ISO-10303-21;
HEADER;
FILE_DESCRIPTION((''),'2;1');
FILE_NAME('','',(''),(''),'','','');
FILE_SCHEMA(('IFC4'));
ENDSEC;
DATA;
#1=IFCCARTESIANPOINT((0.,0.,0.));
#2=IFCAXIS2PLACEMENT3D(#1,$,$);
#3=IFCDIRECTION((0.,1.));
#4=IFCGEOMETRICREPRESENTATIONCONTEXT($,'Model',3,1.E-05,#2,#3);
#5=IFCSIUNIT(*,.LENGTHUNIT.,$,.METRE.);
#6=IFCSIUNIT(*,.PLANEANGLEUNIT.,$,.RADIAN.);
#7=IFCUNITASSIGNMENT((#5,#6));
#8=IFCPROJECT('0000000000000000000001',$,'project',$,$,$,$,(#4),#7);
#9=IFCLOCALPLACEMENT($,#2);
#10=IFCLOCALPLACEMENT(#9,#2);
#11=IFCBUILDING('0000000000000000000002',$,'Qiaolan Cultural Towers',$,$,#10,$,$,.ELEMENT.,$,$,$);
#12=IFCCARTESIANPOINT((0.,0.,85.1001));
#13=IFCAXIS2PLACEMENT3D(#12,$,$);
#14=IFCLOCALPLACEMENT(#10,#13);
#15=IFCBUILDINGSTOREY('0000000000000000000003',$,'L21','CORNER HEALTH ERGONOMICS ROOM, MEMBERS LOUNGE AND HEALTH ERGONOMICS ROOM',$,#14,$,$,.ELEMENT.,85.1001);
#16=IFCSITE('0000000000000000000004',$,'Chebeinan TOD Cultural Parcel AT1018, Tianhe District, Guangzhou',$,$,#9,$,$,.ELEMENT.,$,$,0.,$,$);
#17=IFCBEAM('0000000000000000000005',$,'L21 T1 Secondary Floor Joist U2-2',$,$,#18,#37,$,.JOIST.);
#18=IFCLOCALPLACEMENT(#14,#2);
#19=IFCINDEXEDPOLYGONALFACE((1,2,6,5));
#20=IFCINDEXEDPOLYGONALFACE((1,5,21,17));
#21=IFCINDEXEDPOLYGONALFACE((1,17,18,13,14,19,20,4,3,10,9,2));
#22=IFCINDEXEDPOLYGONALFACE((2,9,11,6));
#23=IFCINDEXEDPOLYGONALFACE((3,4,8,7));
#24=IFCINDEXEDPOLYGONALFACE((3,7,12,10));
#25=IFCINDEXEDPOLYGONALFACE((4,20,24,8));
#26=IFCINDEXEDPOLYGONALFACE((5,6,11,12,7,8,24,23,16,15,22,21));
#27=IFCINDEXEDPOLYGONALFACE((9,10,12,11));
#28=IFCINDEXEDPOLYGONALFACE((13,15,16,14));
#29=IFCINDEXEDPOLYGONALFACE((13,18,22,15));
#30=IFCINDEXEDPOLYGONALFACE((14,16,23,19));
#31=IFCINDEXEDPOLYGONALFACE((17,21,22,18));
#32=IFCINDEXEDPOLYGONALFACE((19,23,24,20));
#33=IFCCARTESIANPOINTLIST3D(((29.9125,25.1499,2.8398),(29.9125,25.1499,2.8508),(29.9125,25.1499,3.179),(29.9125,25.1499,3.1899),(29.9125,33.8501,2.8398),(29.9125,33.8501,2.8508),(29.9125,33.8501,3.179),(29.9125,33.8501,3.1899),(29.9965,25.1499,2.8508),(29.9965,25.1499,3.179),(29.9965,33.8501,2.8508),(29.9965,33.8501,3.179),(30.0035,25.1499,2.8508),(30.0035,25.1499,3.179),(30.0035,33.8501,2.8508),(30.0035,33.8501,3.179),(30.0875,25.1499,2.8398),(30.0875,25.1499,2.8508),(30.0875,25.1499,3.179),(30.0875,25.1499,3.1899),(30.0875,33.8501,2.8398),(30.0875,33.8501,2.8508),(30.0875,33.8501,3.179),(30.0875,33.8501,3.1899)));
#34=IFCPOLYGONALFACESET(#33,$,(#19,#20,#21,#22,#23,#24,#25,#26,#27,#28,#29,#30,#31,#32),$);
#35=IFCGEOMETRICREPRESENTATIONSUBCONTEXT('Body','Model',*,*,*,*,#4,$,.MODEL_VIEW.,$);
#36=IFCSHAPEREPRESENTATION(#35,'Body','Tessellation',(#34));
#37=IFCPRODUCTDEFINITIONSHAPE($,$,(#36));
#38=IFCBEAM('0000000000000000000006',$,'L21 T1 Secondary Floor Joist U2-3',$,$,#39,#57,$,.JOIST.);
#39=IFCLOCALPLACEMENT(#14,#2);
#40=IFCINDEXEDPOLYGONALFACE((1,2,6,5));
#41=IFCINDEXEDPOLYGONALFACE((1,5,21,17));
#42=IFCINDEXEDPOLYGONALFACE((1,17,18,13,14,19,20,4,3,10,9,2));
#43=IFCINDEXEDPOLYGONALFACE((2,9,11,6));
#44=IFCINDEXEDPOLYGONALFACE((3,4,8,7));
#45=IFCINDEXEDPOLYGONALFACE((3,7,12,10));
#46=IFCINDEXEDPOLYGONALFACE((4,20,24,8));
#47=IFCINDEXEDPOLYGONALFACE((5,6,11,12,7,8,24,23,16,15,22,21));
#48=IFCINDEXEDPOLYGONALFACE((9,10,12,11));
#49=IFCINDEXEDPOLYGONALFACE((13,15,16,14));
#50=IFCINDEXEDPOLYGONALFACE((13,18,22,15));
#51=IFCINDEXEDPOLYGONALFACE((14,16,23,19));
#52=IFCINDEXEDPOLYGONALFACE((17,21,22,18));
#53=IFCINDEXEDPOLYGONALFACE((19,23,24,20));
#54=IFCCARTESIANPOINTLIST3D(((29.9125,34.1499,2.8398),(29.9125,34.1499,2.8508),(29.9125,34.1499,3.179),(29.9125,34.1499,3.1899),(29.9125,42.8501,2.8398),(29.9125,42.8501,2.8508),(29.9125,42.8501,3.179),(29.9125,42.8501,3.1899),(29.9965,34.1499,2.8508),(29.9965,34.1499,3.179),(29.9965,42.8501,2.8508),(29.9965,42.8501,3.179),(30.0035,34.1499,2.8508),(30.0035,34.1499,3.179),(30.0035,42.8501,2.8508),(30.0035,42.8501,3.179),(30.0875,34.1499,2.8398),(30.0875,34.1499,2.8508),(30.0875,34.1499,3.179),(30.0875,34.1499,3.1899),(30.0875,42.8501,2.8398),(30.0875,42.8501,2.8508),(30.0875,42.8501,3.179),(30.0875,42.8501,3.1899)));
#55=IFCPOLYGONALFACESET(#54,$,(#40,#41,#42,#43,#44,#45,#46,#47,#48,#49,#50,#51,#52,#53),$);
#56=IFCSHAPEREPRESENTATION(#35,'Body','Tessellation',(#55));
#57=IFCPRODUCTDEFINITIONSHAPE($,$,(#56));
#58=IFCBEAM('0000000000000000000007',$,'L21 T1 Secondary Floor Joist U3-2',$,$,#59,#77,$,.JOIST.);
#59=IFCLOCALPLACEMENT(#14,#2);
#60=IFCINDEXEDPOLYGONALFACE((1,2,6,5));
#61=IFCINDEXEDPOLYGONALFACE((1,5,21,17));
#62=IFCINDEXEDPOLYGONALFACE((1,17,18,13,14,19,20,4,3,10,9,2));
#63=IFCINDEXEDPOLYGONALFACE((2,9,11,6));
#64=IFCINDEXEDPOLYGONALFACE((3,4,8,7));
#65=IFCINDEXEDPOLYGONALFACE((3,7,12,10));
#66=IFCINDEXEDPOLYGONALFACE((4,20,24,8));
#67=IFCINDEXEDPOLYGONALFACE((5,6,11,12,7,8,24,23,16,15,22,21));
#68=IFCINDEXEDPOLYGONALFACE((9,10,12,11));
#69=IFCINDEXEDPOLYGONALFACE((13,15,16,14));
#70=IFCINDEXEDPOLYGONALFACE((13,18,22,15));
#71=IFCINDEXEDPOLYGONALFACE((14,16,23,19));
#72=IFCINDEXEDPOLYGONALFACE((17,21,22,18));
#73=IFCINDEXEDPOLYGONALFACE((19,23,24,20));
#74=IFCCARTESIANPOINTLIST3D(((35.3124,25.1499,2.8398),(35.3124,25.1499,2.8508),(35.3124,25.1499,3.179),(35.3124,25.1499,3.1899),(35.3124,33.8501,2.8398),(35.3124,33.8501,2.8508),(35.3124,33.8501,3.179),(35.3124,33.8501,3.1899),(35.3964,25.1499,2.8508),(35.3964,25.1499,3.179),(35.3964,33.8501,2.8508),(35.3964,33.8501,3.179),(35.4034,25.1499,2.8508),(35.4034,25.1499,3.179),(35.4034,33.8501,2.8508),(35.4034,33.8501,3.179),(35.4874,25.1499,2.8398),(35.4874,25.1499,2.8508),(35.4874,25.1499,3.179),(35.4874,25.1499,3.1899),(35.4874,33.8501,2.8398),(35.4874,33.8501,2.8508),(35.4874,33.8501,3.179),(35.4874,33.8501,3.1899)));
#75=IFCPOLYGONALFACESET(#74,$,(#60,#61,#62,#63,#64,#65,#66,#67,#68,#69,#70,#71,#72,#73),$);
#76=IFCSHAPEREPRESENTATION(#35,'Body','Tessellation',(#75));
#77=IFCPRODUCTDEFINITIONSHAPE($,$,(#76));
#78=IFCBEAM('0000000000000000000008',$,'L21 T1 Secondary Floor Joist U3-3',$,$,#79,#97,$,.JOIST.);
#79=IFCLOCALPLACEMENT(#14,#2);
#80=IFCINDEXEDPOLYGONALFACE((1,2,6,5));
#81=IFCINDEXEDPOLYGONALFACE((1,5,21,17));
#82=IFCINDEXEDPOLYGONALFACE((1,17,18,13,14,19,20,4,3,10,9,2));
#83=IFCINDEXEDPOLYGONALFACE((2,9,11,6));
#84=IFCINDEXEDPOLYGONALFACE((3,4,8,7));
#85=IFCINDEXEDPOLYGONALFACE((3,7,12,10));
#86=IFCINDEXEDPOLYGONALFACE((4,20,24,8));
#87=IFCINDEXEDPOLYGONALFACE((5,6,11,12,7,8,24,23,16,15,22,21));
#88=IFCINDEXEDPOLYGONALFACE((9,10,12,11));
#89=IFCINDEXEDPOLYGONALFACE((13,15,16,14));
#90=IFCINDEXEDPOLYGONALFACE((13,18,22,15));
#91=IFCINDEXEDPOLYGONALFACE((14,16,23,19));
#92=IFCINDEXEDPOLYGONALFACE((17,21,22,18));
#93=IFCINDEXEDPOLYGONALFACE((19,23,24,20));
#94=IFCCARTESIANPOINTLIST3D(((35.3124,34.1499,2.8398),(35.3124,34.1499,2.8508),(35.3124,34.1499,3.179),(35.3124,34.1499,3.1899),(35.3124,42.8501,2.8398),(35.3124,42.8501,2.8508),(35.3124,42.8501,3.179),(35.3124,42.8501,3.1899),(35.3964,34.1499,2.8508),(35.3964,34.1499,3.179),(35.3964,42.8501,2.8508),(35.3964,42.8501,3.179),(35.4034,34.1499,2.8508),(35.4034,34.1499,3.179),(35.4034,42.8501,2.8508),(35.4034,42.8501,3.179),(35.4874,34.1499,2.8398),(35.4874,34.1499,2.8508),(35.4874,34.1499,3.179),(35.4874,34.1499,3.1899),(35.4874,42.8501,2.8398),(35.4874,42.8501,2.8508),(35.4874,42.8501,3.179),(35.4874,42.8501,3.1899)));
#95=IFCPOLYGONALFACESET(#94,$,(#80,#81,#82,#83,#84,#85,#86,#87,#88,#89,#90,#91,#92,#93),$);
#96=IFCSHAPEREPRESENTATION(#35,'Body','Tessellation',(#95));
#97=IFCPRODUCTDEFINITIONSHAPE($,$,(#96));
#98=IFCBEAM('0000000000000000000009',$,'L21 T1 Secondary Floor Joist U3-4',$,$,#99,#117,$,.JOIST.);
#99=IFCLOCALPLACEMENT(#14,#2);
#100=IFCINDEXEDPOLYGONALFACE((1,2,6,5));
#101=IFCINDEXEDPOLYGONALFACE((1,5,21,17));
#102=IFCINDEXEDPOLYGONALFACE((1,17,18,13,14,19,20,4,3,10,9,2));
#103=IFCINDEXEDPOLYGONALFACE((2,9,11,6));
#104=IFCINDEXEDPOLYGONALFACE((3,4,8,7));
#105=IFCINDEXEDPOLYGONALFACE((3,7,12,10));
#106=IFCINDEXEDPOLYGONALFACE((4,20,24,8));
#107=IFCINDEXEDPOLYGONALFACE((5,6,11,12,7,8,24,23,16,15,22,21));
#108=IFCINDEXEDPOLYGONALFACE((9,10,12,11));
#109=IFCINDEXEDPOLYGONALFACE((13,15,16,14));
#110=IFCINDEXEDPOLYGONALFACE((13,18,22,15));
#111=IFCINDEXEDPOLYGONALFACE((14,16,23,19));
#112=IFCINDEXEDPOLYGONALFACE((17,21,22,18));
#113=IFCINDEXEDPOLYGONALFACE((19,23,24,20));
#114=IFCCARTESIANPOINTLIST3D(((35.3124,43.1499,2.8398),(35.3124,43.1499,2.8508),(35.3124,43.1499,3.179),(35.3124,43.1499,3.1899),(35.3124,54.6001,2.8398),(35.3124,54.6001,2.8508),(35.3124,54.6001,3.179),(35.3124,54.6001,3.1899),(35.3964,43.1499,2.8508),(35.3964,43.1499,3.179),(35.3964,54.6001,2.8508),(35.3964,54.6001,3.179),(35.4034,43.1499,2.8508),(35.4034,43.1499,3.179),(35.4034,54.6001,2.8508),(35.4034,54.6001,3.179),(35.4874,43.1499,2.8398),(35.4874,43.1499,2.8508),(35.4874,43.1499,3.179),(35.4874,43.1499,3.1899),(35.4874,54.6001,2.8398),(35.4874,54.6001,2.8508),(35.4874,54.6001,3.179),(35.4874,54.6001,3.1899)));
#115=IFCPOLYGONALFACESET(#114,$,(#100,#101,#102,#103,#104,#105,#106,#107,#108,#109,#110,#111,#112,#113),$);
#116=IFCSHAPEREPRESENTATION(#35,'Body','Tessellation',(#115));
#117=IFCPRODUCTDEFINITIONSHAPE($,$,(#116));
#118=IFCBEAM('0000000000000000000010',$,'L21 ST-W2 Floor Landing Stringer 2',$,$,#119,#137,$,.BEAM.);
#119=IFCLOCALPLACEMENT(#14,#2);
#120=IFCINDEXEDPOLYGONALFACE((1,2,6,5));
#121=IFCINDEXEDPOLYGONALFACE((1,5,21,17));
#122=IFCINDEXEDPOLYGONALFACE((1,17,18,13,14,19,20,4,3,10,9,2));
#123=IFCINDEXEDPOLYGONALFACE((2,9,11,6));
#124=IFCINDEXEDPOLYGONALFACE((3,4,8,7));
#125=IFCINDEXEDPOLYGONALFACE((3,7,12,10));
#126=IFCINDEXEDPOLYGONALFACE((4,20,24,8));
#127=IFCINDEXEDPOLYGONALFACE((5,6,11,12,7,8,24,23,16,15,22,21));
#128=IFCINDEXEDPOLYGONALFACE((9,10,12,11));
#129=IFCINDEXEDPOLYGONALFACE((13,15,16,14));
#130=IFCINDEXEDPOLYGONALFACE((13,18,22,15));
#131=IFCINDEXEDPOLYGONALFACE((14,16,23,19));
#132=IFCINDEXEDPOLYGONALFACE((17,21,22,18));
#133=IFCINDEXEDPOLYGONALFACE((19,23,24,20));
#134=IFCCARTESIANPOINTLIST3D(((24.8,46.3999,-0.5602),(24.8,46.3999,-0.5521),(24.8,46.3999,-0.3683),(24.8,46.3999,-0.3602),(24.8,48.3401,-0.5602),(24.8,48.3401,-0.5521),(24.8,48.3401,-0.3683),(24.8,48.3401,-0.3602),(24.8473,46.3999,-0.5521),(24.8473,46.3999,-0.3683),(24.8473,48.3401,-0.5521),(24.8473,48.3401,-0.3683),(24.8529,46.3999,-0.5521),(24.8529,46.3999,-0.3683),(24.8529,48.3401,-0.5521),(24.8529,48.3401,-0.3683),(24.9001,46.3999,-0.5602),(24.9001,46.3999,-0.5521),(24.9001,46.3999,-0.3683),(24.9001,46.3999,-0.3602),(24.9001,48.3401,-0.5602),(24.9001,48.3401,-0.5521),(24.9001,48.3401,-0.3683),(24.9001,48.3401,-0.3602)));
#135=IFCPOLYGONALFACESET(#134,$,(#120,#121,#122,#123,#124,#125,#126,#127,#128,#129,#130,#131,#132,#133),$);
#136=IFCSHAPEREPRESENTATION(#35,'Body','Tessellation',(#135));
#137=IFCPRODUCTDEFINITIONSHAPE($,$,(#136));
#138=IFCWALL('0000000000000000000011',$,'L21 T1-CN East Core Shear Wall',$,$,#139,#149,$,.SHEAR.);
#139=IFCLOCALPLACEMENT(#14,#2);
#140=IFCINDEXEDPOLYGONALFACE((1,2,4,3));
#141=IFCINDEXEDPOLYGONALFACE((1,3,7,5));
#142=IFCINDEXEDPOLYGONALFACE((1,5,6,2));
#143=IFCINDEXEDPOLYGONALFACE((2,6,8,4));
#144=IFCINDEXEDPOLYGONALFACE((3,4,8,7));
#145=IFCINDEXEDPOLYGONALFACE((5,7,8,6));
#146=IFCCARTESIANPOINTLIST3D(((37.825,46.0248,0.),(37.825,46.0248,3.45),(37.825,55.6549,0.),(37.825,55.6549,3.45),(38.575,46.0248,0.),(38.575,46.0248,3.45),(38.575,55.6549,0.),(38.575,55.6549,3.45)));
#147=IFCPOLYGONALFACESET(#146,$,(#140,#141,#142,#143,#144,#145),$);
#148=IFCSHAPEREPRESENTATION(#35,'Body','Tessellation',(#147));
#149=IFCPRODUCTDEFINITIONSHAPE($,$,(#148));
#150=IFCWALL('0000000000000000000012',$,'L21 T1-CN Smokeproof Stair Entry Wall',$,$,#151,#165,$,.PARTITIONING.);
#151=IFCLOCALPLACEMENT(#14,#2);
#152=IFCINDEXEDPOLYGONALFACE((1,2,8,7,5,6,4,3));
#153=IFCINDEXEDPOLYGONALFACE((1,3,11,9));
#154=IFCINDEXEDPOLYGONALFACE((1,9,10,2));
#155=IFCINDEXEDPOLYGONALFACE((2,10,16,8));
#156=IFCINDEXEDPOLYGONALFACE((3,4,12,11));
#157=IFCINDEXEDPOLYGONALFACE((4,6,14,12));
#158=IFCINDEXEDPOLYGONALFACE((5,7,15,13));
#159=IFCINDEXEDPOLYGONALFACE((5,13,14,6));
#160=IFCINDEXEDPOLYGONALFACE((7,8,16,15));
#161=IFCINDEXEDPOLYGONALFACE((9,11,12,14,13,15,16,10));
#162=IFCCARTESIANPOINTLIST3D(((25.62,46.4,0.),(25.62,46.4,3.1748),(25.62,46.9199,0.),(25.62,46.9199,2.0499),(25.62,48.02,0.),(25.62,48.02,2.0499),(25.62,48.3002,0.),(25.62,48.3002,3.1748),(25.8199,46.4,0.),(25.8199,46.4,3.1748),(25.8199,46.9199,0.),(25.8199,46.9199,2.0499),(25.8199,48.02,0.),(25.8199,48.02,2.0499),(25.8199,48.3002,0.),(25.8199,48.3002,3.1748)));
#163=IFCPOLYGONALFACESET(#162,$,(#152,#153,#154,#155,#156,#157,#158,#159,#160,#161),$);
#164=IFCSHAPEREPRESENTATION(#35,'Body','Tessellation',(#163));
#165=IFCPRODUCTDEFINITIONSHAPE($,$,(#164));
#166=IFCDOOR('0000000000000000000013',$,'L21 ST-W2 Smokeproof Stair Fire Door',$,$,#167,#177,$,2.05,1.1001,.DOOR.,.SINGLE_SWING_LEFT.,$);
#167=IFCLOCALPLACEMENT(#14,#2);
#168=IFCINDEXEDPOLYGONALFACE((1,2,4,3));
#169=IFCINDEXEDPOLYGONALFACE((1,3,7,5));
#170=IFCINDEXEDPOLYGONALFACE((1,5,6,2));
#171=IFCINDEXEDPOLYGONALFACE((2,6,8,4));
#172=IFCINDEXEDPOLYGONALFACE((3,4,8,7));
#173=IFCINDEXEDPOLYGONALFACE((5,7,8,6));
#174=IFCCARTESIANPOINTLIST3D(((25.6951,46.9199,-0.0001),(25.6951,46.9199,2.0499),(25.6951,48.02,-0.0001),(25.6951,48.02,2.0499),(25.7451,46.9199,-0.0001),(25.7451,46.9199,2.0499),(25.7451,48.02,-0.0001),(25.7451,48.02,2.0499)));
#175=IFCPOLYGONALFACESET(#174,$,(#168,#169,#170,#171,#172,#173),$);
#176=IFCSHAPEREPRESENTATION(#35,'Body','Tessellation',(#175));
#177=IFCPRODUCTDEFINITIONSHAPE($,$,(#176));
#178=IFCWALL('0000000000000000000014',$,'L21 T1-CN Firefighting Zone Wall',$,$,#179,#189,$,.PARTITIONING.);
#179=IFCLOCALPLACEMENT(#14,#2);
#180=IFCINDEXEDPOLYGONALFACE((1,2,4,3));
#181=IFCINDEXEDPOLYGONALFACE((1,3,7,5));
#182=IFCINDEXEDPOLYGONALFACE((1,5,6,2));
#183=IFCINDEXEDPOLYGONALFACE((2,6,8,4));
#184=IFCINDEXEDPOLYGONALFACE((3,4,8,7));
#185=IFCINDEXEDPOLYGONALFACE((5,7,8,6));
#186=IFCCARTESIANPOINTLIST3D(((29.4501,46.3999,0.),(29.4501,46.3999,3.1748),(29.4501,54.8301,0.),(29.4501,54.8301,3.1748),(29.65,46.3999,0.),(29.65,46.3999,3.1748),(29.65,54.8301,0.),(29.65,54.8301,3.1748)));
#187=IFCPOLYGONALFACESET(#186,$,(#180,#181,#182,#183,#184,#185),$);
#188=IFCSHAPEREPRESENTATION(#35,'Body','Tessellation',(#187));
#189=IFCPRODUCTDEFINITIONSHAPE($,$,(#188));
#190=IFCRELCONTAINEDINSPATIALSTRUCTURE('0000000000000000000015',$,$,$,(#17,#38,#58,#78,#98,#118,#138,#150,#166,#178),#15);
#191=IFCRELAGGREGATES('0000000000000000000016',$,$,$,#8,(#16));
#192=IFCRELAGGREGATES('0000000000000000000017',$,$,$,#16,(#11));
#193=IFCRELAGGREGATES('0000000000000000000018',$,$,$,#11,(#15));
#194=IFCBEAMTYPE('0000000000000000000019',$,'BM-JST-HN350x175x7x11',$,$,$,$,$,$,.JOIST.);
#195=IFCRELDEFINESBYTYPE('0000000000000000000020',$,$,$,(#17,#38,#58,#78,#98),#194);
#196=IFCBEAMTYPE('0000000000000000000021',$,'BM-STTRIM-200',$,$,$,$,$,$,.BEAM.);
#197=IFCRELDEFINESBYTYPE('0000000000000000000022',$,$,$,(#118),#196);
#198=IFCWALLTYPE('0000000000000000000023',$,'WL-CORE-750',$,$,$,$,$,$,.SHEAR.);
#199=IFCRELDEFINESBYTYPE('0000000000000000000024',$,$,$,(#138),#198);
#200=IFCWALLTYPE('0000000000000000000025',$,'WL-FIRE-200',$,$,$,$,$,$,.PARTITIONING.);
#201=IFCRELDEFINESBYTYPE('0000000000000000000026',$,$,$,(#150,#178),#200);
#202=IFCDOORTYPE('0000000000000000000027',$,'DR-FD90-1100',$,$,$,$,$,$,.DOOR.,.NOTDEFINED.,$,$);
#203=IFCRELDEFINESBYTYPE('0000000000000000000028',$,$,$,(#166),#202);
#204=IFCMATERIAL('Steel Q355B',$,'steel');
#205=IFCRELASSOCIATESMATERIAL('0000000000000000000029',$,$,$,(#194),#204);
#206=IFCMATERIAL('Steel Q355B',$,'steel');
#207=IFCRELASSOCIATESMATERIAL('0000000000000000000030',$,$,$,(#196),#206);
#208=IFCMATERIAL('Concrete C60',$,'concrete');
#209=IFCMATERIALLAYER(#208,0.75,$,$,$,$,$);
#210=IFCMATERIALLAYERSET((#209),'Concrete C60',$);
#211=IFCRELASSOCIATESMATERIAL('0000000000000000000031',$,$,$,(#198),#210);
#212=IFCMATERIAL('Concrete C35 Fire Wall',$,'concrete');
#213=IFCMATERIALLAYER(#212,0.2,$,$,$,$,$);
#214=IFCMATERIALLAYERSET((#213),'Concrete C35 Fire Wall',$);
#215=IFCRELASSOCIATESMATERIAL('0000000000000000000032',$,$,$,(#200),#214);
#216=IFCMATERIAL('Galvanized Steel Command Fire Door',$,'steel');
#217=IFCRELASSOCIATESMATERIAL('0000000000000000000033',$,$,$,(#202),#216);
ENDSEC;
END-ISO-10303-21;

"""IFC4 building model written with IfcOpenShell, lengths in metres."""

from ifc_helpers import new_model, si_unit, direction, frame, frame_2d, origin, origin_2d, place, context, subcontext, project, spatial, rectangle, i_section, extrude, material, layer, layer_set, material_profile, profile_set, type_object, element, fill, save


model = new_model("IFC4")

# Units and contexts
model_context = context("Model", 3, precision=1e-05, world=origin(), true_north=direction((0.0, 1.0)))
body_context = subcontext(model_context, "Body", "Model", "MODEL_VIEW")
ifc_project = project(units=[si_unit("LENGTHUNIT", "METRE"), si_unit("PLANEANGLEUNIT", "RADIAN")], contexts=[model_context])

# Site, building, storey
site_placement = place(None, origin())
site = spatial("IfcSite", under=ifc_project, at=site_placement, Name="Chebeinan TOD Cultural Parcel AT1018, Tianhe District, Guangzhou", CompositionType="ELEMENT", RefElevation=0.0)
building_placement = place(site_placement, origin())
building = spatial("IfcBuilding", under=site, at=building_placement, Name="Qiaolan Cultural Towers", CompositionType="ELEMENT")
storey_placement = place(building_placement, frame((0.0, 0.0, 85.1001)))
storey = spatial("IfcBuildingStorey", under=building, at=storey_placement, Name="L21", Description="CORNER HEALTH ERGONOMICS ROOM, MEMBERS LOUNGE AND HEALTH ERGONOMICS ROOM", CompositionType="ELEMENT", Elevation=85.1001)

# Beams
ifc_material_1 = material(Name="Steel Q355B", Category="steel")
ifc_material_profile_1 = material_profile(ifc_material_1, i_section(OverallWidth=0.175, OverallDepth=0.3501, WebThickness=0.0071, FlangeThickness=0.011, at=origin_2d()), Name="HN350x175x7x11")
ifc_profile_set_1 = profile_set([ifc_material_profile_1], Name="Steel Q355B")
beam_type_1 = type_object("IfcBeamType", Name="BM-JST-HN350x175x7x11", PredefinedType="JOIST", material=ifc_profile_set_1)
for number, where, z_axis, x_axis, name in (
    (1, (30.0, 25.1499, 3.0149), (0.0, 1.0, 0.0), (-1.0, 0.0, 0.0), "L21 T1 Secondary Floor Joist U2-2"),
    (2, (30.0, 34.1499, 3.0149), (0.0, 1.0, 0.0), (-1.0, 0.0, 0.0), "L21 T1 Secondary Floor Joist U2-3"),
    (3, (35.3999, 25.1499, 3.0149), (0.0, 1.0, 0.0), (-1.0, 0.0, 0.0), "L21 T1 Secondary Floor Joist U3-2"),
    (4, (35.3999, 34.1499, 3.0149), (0.0, 1.0, 0.0), (-1.0, 0.0, 0.0), "L21 T1 Secondary Floor Joist U3-3"),
):
    element("IfcBeam", number, at=place(storey_placement, frame(where, z_axis=z_axis, x_axis=x_axis)), inside=storey, type_object=beam_type_1, Name=name, PredefinedType="JOIST", context=body_context, shape_type="SweptSolid", body=[
        extrude(i_section(OverallWidth=0.175, OverallDepth=0.3501, WebThickness=0.0071, FlangeThickness=0.011, at=origin_2d()), origin(), (0.0, 0.0, 1.0), 8.7002),
    ])
beam_1_placement = place(storey_placement, frame((35.3999, 43.1499, 3.0149), z_axis=(0.0, 1.0, 0.0), x_axis=(-1.0, 0.0, 0.0)))
element("IfcBeam", 5, at=beam_1_placement, inside=storey, type_object=beam_type_1, Name="L21 T1 Secondary Floor Joist U3-4", PredefinedType="JOIST", context=body_context, shape_type="SweptSolid", body=[
    extrude(i_section(OverallWidth=0.175, OverallDepth=0.3501, WebThickness=0.0071, FlangeThickness=0.011, at=origin_2d()), origin(), (0.0, 0.0, 1.0), 11.4502),
])
ifc_material_2 = material(Name="Steel Q355B", Category="steel")
ifc_material_profile_2 = material_profile(ifc_material_2, i_section(OverallWidth=0.1001, OverallDepth=0.2, WebThickness=0.0056, FlangeThickness=0.0081, at=origin_2d()), Name="HN200x100x5.5x8")
ifc_profile_set_2 = profile_set([ifc_material_profile_2], Name="Steel Q355B")
beam_type_2 = type_object("IfcBeamType", Name="BM-STTRIM-200", PredefinedType="BEAM", material=ifc_profile_set_2)
beam_2_placement = place(storey_placement, frame((24.8501, 46.3999, -0.4602), z_axis=(0.0, 1.0, 0.0), x_axis=(-1.0, 0.0, 0.0)))
element("IfcBeam", 6, at=beam_2_placement, inside=storey, type_object=beam_type_2, Name="L21 ST-W2 Floor Landing Stringer 2", PredefinedType="BEAM", context=body_context, shape_type="SweptSolid", body=[
    extrude(i_section(OverallWidth=0.1001, OverallDepth=0.2, WebThickness=0.0056, FlangeThickness=0.0081, at=origin_2d()), origin(), (0.0, 0.0, 1.0), 1.9402),
])

# Wall
ifc_material_3 = material(Name="Concrete C60", Category="concrete")
ifc_layer_1 = layer(ifc_material_3, 0.75)
ifc_layer_set_1 = layer_set([ifc_layer_1], Name="Concrete C60")
wall_type_1 = type_object("IfcWallType", Name="WL-CORE-750", PredefinedType="SHEAR", material=ifc_layer_set_1)
wall_1_placement = place(storey_placement, frame((38.2, 46.0249, 0.0), z_axis=(0.0, 0.0, 1.0), x_axis=(0.0, 1.0, 0.0)))
element("IfcWall", 7, at=wall_1_placement, inside=storey, type_object=wall_type_1, Name="L21 T1-CN East Core Shear Wall", PredefinedType="SHEAR", context=body_context, shape_type="SweptSolid", body=[
    extrude(rectangle(XDim=9.6301, YDim=0.75, at=frame_2d((4.8149, 0.0))), origin(), (0.0, 0.0, 1.0), 3.45),
])

# Wall, opening, door
ifc_material_4 = material(Name="Concrete C35 Fire Wall", Category="concrete")
ifc_layer_2 = layer(ifc_material_4, 0.2)
ifc_layer_set_2 = layer_set([ifc_layer_2], Name="Concrete C35 Fire Wall")
wall_type_2 = type_object("IfcWallType", Name="WL-FIRE-200", PredefinedType="PARTITIONING", material=ifc_layer_set_2)
wall_2_placement = place(storey_placement, frame((25.72, 46.3999, 0.0), z_axis=(0.0, 0.0, 1.0), x_axis=(0.0, 1.0, 0.0)))
wall_2 = element("IfcWall", 8, at=wall_2_placement, inside=storey, type_object=wall_type_2, Name="L21 T1-CN Smokeproof Stair Entry Wall", PredefinedType="PARTITIONING", context=body_context, shape_type="SweptSolid", body=[
    extrude(rectangle(XDim=1.9001, YDim=0.2, at=frame_2d((0.9502, 0.0))), origin(), (0.0, 0.0, 1.0), 3.1748),
])
opening_1_placement = place(wall_2_placement, frame((0.52, 0.0, 0.0)))
opening_1 = element("IfcOpeningElement", 9, at=opening_1_placement, cuts=wall_2, PredefinedType="OPENING", context=body_context, shape_type="SweptSolid", body=[
    extrude(rectangle(XDim=1.1001, YDim=2.05, at=frame_2d((0.55, 1.0249))), frame((0.0, 0.1099, 0.0), z_axis=(0.0, -1.0, 0.0), x_axis=(1.0, 0.0, 0.0)), (0.0, 0.0, 1.0), 0.22),
])
ifc_material_5 = material(Name="Galvanized Steel Command Fire Door", Category="steel")
door_type_1 = type_object("IfcDoorType", Name="DR-FD90-1100", OperationType="NOTDEFINED", PredefinedType="DOOR", material=ifc_material_5)
door_1_placement = place(opening_1_placement, origin())
door_1 = element("IfcDoor", 10, at=door_1_placement, inside=storey, type_object=door_type_1, Name="L21 ST-W2 Smokeproof Stair Fire Door", OperationType="SINGLE_SWING_LEFT", OverallHeight=2.05, OverallWidth=1.1001, PredefinedType="DOOR", context=body_context, shape_type="SweptSolid", body=[
    extrude(rectangle(XDim=1.1001, YDim=2.05, at=frame_2d((0.55, 1.0249))), frame((0.0, 0.0249, 0.0), z_axis=(0.0, -1.0, 0.0), x_axis=(1.0, 0.0, 0.0)), (0.0, 0.0, 1.0), 0.05),
])
fill(opening_1, door_1)

# Wall
wall_3_placement = place(storey_placement, frame((29.55, 46.3999, 0.0), z_axis=(0.0, 0.0, 1.0), x_axis=(0.0, 1.0, 0.0)))
element("IfcWall", 11, at=wall_3_placement, inside=storey, type_object=wall_type_2, Name="L21 T1-CN Firefighting Zone Wall", PredefinedType="PARTITIONING", context=body_context, shape_type="SweptSolid", body=[
    extrude(rectangle(XDim=8.4302, YDim=0.2, at=frame_2d((4.2151, 0.0))), origin(), (0.0, 0.0, 1.0), 3.1748),
])

save(model, "model.ifc")
